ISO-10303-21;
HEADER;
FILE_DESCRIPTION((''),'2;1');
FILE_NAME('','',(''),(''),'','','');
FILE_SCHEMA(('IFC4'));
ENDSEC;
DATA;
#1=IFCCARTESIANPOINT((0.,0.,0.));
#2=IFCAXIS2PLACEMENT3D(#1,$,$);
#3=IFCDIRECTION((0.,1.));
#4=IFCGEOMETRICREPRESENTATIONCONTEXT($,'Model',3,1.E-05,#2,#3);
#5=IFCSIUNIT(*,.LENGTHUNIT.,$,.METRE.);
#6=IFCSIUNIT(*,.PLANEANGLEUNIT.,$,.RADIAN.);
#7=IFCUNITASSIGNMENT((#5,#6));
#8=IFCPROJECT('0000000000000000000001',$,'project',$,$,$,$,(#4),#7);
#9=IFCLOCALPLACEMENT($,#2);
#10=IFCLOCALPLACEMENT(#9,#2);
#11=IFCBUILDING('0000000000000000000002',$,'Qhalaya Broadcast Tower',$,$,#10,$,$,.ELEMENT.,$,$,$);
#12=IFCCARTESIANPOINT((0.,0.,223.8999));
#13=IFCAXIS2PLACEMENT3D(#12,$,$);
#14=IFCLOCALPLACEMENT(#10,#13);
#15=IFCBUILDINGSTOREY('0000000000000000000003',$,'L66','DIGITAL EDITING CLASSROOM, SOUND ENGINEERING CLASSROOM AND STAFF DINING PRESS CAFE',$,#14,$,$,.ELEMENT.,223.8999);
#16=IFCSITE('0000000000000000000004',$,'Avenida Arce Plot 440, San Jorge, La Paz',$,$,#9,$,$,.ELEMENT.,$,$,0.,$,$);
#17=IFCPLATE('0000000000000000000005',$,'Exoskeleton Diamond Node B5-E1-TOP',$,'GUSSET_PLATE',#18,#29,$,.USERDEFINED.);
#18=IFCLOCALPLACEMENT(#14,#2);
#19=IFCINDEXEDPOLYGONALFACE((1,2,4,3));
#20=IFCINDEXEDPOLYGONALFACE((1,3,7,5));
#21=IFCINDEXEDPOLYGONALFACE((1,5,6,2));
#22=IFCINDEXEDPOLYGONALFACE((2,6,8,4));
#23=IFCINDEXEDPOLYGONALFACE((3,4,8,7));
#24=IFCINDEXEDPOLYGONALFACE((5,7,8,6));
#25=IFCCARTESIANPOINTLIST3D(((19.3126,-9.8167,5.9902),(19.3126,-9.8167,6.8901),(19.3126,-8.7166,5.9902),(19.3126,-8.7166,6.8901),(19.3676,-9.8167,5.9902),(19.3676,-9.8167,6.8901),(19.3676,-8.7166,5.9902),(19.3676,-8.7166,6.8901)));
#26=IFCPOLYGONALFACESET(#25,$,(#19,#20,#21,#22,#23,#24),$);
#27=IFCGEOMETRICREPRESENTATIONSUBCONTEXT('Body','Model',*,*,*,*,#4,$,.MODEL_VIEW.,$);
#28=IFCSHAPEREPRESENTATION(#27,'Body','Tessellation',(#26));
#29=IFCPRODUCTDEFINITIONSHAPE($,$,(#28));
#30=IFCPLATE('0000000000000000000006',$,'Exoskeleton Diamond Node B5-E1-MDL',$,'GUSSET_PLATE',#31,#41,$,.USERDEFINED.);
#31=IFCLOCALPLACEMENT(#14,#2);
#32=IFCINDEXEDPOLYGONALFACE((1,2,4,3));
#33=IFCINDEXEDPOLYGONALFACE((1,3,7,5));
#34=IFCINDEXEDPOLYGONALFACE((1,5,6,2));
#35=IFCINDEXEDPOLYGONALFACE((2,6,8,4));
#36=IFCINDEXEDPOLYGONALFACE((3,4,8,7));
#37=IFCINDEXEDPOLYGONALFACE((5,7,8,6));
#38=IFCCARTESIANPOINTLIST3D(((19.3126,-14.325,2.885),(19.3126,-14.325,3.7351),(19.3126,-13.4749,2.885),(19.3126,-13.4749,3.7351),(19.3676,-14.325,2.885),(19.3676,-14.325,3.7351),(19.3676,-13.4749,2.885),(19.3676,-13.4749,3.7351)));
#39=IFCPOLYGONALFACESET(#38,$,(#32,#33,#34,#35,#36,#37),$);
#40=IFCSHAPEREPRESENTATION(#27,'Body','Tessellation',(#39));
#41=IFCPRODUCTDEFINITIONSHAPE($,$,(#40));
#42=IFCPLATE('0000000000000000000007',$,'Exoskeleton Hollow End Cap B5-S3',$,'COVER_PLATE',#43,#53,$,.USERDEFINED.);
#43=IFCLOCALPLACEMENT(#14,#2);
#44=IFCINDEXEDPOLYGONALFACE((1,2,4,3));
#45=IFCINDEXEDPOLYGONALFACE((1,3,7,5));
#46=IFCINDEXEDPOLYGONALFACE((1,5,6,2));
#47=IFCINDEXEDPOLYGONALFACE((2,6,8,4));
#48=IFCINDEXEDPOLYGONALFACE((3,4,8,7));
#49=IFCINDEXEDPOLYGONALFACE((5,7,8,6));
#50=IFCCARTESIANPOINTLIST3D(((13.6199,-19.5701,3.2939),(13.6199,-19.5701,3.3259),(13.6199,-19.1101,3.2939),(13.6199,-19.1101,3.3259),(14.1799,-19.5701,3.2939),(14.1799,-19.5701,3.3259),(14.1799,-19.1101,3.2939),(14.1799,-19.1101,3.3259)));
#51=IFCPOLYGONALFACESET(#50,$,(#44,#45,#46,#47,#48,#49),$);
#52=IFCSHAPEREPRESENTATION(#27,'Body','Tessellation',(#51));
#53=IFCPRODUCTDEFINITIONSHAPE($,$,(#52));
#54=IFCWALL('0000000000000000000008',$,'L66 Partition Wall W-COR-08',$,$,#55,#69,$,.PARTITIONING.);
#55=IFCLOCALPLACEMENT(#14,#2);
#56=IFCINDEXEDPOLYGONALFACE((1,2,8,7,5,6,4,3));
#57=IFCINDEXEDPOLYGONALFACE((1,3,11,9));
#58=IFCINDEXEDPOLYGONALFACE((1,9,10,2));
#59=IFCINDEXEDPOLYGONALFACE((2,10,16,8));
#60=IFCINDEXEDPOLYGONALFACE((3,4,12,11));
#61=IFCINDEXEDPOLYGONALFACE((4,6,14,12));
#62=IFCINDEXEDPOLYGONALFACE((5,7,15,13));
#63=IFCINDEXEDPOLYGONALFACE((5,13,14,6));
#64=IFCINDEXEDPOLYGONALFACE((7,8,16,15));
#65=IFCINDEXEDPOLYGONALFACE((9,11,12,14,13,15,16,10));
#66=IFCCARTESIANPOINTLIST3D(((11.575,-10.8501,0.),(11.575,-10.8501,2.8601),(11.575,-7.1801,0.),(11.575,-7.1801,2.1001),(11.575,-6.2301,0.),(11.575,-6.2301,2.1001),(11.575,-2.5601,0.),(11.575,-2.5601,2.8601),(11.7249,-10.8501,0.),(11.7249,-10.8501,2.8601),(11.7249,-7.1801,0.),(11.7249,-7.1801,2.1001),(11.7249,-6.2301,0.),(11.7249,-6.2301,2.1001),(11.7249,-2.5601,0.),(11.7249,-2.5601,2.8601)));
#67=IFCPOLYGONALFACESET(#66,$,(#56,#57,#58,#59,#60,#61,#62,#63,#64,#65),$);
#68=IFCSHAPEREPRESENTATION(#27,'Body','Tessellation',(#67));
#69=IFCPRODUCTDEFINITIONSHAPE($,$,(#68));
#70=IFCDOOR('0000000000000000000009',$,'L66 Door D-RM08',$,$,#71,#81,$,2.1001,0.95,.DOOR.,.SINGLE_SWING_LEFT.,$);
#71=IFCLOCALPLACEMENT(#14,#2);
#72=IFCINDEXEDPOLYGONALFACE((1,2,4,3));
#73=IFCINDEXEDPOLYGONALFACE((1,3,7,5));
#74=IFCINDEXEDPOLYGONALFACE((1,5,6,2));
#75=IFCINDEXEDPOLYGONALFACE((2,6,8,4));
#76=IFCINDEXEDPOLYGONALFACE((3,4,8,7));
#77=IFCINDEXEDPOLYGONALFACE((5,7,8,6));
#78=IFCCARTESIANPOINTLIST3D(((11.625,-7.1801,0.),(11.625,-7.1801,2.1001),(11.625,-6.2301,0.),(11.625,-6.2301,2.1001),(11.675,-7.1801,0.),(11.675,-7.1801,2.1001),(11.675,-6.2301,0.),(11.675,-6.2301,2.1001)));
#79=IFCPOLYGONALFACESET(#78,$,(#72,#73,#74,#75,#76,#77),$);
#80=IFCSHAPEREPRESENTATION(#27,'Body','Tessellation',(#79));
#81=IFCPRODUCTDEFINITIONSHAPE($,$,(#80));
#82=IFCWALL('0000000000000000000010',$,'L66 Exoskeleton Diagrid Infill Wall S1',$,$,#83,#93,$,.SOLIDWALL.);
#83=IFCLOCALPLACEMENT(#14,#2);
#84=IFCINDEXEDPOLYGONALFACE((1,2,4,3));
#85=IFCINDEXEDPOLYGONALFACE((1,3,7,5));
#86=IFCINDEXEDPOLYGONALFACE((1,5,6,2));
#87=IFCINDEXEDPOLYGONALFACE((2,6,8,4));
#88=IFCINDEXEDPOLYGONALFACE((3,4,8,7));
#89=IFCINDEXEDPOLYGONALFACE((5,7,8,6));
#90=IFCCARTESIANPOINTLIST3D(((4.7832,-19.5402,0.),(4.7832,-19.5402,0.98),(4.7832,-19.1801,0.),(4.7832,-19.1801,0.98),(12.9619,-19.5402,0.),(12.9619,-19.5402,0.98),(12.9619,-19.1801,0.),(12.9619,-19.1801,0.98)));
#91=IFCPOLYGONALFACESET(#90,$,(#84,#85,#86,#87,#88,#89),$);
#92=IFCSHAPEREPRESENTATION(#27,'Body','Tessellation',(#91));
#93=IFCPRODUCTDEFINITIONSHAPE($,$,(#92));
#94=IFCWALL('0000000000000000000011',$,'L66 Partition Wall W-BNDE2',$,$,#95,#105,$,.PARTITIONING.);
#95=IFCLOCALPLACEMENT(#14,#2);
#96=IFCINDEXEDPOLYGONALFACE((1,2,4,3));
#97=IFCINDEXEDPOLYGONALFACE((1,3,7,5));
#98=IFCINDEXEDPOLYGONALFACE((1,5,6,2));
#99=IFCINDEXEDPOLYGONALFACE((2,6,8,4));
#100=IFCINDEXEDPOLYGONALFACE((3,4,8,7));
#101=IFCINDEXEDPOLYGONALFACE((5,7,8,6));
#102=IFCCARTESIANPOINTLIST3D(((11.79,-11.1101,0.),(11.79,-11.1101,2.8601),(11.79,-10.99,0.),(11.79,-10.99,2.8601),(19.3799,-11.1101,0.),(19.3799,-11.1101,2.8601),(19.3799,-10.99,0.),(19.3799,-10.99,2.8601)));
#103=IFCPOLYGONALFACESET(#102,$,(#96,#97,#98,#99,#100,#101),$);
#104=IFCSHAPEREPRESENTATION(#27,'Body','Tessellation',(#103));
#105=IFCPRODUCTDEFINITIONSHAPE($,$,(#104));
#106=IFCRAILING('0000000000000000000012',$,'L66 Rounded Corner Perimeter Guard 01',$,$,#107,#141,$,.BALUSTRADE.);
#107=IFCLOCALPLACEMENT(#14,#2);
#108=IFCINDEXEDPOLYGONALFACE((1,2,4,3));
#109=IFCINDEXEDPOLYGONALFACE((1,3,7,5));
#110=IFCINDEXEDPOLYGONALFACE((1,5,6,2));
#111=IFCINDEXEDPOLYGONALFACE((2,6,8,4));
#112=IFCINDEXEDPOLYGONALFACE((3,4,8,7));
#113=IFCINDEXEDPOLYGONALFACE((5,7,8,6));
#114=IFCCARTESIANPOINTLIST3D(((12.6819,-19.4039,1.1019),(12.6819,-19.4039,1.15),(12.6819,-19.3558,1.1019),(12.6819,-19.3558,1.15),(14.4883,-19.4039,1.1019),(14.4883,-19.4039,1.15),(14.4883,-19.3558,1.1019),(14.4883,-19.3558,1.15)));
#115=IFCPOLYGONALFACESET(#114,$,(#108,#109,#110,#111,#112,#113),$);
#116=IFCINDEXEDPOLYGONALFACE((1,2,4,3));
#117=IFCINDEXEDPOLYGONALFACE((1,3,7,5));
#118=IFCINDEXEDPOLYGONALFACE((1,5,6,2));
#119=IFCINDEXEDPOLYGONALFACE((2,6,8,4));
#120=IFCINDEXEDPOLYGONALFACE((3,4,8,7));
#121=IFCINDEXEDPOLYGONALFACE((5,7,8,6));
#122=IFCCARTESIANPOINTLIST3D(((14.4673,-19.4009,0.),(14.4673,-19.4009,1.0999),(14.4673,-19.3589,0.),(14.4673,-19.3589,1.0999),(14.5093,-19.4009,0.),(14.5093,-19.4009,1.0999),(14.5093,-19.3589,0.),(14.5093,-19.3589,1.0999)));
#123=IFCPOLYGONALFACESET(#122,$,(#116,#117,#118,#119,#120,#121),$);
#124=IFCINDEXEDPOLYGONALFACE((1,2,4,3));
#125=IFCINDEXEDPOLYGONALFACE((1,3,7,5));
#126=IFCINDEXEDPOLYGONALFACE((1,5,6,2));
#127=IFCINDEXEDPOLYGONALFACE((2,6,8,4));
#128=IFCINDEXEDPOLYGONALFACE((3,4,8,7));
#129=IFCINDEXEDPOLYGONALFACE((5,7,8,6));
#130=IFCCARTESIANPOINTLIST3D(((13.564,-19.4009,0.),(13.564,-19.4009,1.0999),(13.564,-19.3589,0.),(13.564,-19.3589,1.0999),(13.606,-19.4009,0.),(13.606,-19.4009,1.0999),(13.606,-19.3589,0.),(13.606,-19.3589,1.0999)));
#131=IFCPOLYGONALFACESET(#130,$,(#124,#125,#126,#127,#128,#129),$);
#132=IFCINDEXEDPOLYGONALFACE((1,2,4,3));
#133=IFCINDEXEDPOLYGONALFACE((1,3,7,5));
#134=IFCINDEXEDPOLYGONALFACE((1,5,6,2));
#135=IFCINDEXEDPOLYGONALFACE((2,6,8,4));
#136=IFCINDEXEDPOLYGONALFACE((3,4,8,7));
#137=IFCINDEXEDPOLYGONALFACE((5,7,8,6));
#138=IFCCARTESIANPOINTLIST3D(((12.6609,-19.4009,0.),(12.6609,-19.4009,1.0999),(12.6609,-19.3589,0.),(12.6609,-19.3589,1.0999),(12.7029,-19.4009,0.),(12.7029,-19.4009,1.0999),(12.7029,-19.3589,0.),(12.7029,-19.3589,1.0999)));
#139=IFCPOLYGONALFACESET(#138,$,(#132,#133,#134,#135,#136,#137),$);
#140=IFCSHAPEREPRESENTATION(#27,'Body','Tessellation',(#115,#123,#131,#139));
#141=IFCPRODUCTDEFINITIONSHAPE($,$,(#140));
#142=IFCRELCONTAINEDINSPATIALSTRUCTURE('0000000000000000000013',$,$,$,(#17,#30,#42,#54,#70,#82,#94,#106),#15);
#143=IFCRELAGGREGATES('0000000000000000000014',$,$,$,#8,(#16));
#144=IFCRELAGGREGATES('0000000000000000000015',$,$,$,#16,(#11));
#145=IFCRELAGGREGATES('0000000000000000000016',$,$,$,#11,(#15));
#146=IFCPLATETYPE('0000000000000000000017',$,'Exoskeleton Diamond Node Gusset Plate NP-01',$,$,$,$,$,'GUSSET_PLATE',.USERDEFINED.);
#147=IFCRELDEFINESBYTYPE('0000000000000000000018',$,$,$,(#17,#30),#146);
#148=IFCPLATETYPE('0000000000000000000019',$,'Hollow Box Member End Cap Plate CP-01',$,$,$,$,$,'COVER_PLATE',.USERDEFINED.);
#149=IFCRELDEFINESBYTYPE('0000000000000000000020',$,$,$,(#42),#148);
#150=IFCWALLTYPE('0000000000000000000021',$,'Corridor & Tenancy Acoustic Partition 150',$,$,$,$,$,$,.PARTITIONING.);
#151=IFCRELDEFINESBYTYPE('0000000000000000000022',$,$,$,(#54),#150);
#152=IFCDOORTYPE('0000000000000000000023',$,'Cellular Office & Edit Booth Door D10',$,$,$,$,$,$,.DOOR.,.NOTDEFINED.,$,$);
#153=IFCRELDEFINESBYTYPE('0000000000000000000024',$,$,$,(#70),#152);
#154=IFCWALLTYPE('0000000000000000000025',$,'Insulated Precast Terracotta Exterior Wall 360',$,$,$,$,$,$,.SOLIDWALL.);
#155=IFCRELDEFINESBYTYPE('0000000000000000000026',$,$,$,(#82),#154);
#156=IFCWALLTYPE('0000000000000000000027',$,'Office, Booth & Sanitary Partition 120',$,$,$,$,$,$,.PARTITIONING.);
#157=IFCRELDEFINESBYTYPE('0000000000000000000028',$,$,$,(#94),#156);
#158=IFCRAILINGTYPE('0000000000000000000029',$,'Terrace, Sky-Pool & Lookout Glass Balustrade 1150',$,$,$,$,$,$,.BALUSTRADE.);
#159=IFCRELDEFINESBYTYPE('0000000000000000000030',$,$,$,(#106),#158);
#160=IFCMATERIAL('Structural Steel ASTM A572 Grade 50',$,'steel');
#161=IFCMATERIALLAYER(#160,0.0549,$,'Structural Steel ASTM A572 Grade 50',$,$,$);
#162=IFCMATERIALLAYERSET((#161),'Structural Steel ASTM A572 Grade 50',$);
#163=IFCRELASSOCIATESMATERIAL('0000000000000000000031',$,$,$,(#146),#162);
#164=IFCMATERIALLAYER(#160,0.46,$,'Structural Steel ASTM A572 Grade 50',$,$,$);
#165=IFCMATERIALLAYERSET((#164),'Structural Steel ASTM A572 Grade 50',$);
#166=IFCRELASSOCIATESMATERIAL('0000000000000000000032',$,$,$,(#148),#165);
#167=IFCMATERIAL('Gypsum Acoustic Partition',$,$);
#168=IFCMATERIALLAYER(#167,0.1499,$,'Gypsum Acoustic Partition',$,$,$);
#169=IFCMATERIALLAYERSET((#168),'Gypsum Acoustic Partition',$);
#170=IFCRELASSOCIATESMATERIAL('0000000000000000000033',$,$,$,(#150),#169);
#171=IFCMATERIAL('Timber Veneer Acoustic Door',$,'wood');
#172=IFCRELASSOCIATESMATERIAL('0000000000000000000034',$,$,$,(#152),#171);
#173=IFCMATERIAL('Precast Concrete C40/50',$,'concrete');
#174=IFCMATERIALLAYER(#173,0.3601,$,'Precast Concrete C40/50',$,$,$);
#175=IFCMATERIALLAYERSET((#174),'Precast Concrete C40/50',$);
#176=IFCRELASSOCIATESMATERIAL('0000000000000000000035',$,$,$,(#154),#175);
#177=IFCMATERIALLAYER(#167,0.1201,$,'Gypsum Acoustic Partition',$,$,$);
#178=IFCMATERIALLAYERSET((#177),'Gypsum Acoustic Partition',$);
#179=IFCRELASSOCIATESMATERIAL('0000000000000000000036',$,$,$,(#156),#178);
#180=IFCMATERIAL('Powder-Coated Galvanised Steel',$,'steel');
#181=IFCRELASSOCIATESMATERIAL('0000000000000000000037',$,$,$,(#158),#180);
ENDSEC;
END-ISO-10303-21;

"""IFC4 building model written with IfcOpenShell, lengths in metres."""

from ifc_helpers import new_model, si_unit, direction, frame, frame_2d, origin, origin_2d, place, context, subcontext, project, spatial, rectangle, extrude, material, layer, layer_set, type_object, element, fill, save


model = new_model("IFC4")

# Units and contexts
model_context = context("Model", 3, precision=1e-05, world=origin(), true_north=direction((0.0, 1.0)))
body_context = subcontext(model_context, "Body", "Model", "MODEL_VIEW")
ifc_project = project(units=[si_unit("LENGTHUNIT", "METRE"), si_unit("PLANEANGLEUNIT", "RADIAN")], contexts=[model_context])

# Site, building, storey
site_placement = place(None, origin())
site = spatial("IfcSite", under=ifc_project, at=site_placement, Name="Avenida Arce Plot 440, San Jorge, La Paz", CompositionType="ELEMENT", RefElevation=0.0)
building_placement = place(site_placement, origin())
building = spatial("IfcBuilding", under=site, at=building_placement, Name="Qhalaya Broadcast Tower", CompositionType="ELEMENT")
storey_placement = place(building_placement, frame((0.0, 0.0, 223.8999)))
storey = spatial("IfcBuildingStorey", under=building, at=storey_placement, Name="L66", Description="DIGITAL EDITING CLASSROOM, SOUND ENGINEERING CLASSROOM AND STAFF DINING PRESS CAFE", CompositionType="ELEMENT", Elevation=223.8999)

# Shared definitions
ifc_material_1 = material(Name="Structural Steel ASTM A572 Grade 50", Category="steel")

# Plates
ifc_layer_1 = layer(ifc_material_1, 0.0549, Name="Structural Steel ASTM A572 Grade 50")
ifc_layer_set_1 = layer_set([ifc_layer_1], Name="Structural Steel ASTM A572 Grade 50")
plate_type_1 = type_object("IfcPlateType", Name="Exoskeleton Diamond Node Gusset Plate NP-01", ElementType="GUSSET_PLATE", PredefinedType="USERDEFINED", material=ifc_layer_set_1)
for number, where, z_axis, x_axis, name in (
    (1, (19.3401, -9.2666, 5.9902), (0.0, 0.0, 1.0), (0.0, 1.0, 0.0), "Exoskeleton Diamond Node B5-E1-TOP"),
):
    element("IfcPlate", number, at=place(storey_placement, frame(where, z_axis=z_axis, x_axis=x_axis)), inside=storey, type_object=plate_type_1, Name=name, ObjectType="GUSSET_PLATE", PredefinedType="USERDEFINED", context=body_context, shape_type="SweptSolid", body=[
        extrude(rectangle(XDim=1.1001, YDim=0.0549, at=origin_2d()), origin(), (0.0, 0.0, 1.0), 0.8999),
    ])
plate_1_placement = place(storey_placement, frame((19.3401, -13.8999, 2.885), z_axis=(0.0, 0.0, 1.0), x_axis=(0.0, 1.0, 0.0)))
element("IfcPlate", 2, at=plate_1_placement, inside=storey, type_object=plate_type_1, Name="Exoskeleton Diamond Node B5-E1-MDL", ObjectType="GUSSET_PLATE", PredefinedType="USERDEFINED", context=body_context, shape_type="SweptSolid", body=[
    extrude(rectangle(XDim=0.8501, YDim=0.0549, at=origin_2d()), origin(), (0.0, 0.0, 1.0), 0.8501),
])
ifc_layer_2 = layer(ifc_material_1, 0.46, Name="Structural Steel ASTM A572 Grade 50")
ifc_layer_set_2 = layer_set([ifc_layer_2], Name="Structural Steel ASTM A572 Grade 50")
plate_type_2 = type_object("IfcPlateType", Name="Hollow Box Member End Cap Plate CP-01", ElementType="COVER_PLATE", PredefinedType="USERDEFINED", material=ifc_layer_set_2)
plate_2_placement = place(storey_placement, frame((13.8999, -19.3401, 3.2939), z_axis=(0.0, 0.0, 1.0), x_axis=(1.0, 0.0, 0.0)))
element("IfcPlate", 3, at=plate_2_placement, inside=storey, type_object=plate_type_2, Name="Exoskeleton Hollow End Cap B5-S3", ObjectType="COVER_PLATE", PredefinedType="USERDEFINED", context=body_context, shape_type="SweptSolid", body=[
    extrude(rectangle(XDim=0.5601, YDim=0.46, at=origin_2d()), origin(), (0.0, 0.0, 1.0), 0.032),
])

# Wall, opening, door
ifc_material_2 = material(Name="Gypsum Acoustic Partition")
ifc_layer_3 = layer(ifc_material_2, 0.1499, Name="Gypsum Acoustic Partition")
ifc_layer_set_3 = layer_set([ifc_layer_3], Name="Gypsum Acoustic Partition")
wall_type_1 = type_object("IfcWallType", Name="Corridor & Tenancy Acoustic Partition 150", PredefinedType="PARTITIONING", material=ifc_layer_set_3)
wall_1_placement = place(storey_placement, frame((11.6499, -10.8501, 0.0), z_axis=(0.0, 0.0, 1.0), x_axis=(0.0, 1.0, 0.0)))
wall_1 = element("IfcWall", 4, at=wall_1_placement, inside=storey, type_object=wall_type_1, Name="L66 Partition Wall W-COR-08", PredefinedType="PARTITIONING", context=body_context, shape_type="SweptSolid", body=[
    extrude(rectangle(XDim=8.29, YDim=0.1499, at=frame_2d((4.145, 0.0))), origin(), (0.0, 0.0, 1.0), 2.8601),
])
opening_placement = place(wall_1_placement, frame((3.6699, 0.0, 0.0)))
opening = element("IfcOpeningElement", 5, at=opening_placement, cuts=wall_1, PredefinedType="OPENING", context=body_context, shape_type="SweptSolid", body=[
    extrude(rectangle(XDim=0.95, YDim=2.1001, at=frame_2d((0.4751, 1.05))), frame((0.0, 0.0869, 0.0), z_axis=(0.0, -1.0, 0.0), x_axis=(1.0, 0.0, 0.0)), (0.0, 0.0, 1.0), 0.1738),
])
ifc_material_3 = material(Name="Timber Veneer Acoustic Door", Category="wood")
door_type = type_object("IfcDoorType", Name="Cellular Office & Edit Booth Door D10", OperationType="NOTDEFINED", PredefinedType="DOOR", material=ifc_material_3)
door_placement = place(opening_placement, origin())
door = element("IfcDoor", 6, at=door_placement, inside=storey, type_object=door_type, Name="L66 Door D-RM08", OperationType="SINGLE_SWING_LEFT", OverallHeight=2.1001, OverallWidth=0.95, PredefinedType="DOOR", context=body_context, shape_type="SweptSolid", body=[
    extrude(rectangle(XDim=0.95, YDim=2.1001, at=frame_2d((0.4751, 1.05))), frame((0.0, 0.0249, 0.0), z_axis=(0.0, -1.0, 0.0), x_axis=(1.0, 0.0, 0.0)), (0.0, 0.0, 1.0), 0.05),
])
fill(opening, door)

# Walls
ifc_material_4 = material(Name="Precast Concrete C40/50", Category="concrete")
ifc_layer_4 = layer(ifc_material_4, 0.3601, Name="Precast Concrete C40/50")
ifc_layer_set_4 = layer_set([ifc_layer_4], Name="Precast Concrete C40/50")
wall_type_2 = type_object("IfcWallType", Name="Insulated Precast Terracotta Exterior Wall 360", PredefinedType="SOLIDWALL", material=ifc_layer_set_4)
wall_2_placement = place(storey_placement, frame((12.9619, -19.3601, 0.0), z_axis=(0.0, 0.0, 1.0), x_axis=(-1.0, 0.0, 0.0)))
element("IfcWall", 7, at=wall_2_placement, inside=storey, type_object=wall_type_2, Name="L66 Exoskeleton Diagrid Infill Wall S1", PredefinedType="SOLIDWALL", context=body_context, shape_type="SweptSolid", body=[
    extrude(rectangle(XDim=8.1787, YDim=0.3601, at=frame_2d((4.0894, 0.0))), origin(), (0.0, 0.0, 1.0), 0.98),
])
ifc_layer_5 = layer(ifc_material_2, 0.1201, Name="Gypsum Acoustic Partition")
ifc_layer_set_5 = layer_set([ifc_layer_5], Name="Gypsum Acoustic Partition")
wall_type_3 = type_object("IfcWallType", Name="Office, Booth & Sanitary Partition 120", PredefinedType="PARTITIONING", material=ifc_layer_set_5)
wall_3_placement = place(storey_placement, frame((11.79, -11.05, 0.0), z_axis=(0.0, 0.0, 1.0), x_axis=(1.0, 0.0, 0.0)))
element("IfcWall", 8, at=wall_3_placement, inside=storey, type_object=wall_type_3, Name="L66 Partition Wall W-BNDE2", PredefinedType="PARTITIONING", context=body_context, shape_type="SweptSolid", body=[
    extrude(rectangle(XDim=7.5898, YDim=0.1201, at=frame_2d((3.7949, 0.0))), origin(), (0.0, 0.0, 1.0), 2.8601),
])

# Railing
ifc_material_5 = material(Name="Powder-Coated Galvanised Steel", Category="steel")
railing_type = type_object("IfcRailingType", Name="Terrace, Sky-Pool & Lookout Glass Balustrade 1150", PredefinedType="BALUSTRADE", material=ifc_material_5)
railing_1_placement = place(storey_placement, frame((14.4883, -19.3799, 0.0)))
element("IfcRailing", 9, at=railing_1_placement, inside=storey, type_object=railing_type, Name="L66 Rounded Corner Perimeter Guard 01", PredefinedType="BALUSTRADE", context=body_context, shape_type="SweptSolid", body=[
    extrude(rectangle(XDim=0.0481, YDim=0.0481, at=origin_2d()), frame((0.0, 0.0, 1.126), z_axis=(-1.0, 0.0, 0.0), x_axis=(0.0, -1.0, 0.0)), (0.0, 0.0, 1.0), 1.8064),
    extrude(rectangle(XDim=0.042, YDim=0.042, at=origin_2d()), origin(), (0.0, 0.0, 1.0), 1.0999),
    extrude(rectangle(XDim=0.042, YDim=0.042, at=origin_2d()), frame((-0.9033, 0.0, 0.0)), (0.0, 0.0, 1.0), 1.0999),
    extrude(rectangle(XDim=0.042, YDim=0.042, at=origin_2d()), frame((-1.8064, 0.0, 0.0)), (0.0, 0.0, 1.0), 1.0999),
])

save(model, "model.ifc")
